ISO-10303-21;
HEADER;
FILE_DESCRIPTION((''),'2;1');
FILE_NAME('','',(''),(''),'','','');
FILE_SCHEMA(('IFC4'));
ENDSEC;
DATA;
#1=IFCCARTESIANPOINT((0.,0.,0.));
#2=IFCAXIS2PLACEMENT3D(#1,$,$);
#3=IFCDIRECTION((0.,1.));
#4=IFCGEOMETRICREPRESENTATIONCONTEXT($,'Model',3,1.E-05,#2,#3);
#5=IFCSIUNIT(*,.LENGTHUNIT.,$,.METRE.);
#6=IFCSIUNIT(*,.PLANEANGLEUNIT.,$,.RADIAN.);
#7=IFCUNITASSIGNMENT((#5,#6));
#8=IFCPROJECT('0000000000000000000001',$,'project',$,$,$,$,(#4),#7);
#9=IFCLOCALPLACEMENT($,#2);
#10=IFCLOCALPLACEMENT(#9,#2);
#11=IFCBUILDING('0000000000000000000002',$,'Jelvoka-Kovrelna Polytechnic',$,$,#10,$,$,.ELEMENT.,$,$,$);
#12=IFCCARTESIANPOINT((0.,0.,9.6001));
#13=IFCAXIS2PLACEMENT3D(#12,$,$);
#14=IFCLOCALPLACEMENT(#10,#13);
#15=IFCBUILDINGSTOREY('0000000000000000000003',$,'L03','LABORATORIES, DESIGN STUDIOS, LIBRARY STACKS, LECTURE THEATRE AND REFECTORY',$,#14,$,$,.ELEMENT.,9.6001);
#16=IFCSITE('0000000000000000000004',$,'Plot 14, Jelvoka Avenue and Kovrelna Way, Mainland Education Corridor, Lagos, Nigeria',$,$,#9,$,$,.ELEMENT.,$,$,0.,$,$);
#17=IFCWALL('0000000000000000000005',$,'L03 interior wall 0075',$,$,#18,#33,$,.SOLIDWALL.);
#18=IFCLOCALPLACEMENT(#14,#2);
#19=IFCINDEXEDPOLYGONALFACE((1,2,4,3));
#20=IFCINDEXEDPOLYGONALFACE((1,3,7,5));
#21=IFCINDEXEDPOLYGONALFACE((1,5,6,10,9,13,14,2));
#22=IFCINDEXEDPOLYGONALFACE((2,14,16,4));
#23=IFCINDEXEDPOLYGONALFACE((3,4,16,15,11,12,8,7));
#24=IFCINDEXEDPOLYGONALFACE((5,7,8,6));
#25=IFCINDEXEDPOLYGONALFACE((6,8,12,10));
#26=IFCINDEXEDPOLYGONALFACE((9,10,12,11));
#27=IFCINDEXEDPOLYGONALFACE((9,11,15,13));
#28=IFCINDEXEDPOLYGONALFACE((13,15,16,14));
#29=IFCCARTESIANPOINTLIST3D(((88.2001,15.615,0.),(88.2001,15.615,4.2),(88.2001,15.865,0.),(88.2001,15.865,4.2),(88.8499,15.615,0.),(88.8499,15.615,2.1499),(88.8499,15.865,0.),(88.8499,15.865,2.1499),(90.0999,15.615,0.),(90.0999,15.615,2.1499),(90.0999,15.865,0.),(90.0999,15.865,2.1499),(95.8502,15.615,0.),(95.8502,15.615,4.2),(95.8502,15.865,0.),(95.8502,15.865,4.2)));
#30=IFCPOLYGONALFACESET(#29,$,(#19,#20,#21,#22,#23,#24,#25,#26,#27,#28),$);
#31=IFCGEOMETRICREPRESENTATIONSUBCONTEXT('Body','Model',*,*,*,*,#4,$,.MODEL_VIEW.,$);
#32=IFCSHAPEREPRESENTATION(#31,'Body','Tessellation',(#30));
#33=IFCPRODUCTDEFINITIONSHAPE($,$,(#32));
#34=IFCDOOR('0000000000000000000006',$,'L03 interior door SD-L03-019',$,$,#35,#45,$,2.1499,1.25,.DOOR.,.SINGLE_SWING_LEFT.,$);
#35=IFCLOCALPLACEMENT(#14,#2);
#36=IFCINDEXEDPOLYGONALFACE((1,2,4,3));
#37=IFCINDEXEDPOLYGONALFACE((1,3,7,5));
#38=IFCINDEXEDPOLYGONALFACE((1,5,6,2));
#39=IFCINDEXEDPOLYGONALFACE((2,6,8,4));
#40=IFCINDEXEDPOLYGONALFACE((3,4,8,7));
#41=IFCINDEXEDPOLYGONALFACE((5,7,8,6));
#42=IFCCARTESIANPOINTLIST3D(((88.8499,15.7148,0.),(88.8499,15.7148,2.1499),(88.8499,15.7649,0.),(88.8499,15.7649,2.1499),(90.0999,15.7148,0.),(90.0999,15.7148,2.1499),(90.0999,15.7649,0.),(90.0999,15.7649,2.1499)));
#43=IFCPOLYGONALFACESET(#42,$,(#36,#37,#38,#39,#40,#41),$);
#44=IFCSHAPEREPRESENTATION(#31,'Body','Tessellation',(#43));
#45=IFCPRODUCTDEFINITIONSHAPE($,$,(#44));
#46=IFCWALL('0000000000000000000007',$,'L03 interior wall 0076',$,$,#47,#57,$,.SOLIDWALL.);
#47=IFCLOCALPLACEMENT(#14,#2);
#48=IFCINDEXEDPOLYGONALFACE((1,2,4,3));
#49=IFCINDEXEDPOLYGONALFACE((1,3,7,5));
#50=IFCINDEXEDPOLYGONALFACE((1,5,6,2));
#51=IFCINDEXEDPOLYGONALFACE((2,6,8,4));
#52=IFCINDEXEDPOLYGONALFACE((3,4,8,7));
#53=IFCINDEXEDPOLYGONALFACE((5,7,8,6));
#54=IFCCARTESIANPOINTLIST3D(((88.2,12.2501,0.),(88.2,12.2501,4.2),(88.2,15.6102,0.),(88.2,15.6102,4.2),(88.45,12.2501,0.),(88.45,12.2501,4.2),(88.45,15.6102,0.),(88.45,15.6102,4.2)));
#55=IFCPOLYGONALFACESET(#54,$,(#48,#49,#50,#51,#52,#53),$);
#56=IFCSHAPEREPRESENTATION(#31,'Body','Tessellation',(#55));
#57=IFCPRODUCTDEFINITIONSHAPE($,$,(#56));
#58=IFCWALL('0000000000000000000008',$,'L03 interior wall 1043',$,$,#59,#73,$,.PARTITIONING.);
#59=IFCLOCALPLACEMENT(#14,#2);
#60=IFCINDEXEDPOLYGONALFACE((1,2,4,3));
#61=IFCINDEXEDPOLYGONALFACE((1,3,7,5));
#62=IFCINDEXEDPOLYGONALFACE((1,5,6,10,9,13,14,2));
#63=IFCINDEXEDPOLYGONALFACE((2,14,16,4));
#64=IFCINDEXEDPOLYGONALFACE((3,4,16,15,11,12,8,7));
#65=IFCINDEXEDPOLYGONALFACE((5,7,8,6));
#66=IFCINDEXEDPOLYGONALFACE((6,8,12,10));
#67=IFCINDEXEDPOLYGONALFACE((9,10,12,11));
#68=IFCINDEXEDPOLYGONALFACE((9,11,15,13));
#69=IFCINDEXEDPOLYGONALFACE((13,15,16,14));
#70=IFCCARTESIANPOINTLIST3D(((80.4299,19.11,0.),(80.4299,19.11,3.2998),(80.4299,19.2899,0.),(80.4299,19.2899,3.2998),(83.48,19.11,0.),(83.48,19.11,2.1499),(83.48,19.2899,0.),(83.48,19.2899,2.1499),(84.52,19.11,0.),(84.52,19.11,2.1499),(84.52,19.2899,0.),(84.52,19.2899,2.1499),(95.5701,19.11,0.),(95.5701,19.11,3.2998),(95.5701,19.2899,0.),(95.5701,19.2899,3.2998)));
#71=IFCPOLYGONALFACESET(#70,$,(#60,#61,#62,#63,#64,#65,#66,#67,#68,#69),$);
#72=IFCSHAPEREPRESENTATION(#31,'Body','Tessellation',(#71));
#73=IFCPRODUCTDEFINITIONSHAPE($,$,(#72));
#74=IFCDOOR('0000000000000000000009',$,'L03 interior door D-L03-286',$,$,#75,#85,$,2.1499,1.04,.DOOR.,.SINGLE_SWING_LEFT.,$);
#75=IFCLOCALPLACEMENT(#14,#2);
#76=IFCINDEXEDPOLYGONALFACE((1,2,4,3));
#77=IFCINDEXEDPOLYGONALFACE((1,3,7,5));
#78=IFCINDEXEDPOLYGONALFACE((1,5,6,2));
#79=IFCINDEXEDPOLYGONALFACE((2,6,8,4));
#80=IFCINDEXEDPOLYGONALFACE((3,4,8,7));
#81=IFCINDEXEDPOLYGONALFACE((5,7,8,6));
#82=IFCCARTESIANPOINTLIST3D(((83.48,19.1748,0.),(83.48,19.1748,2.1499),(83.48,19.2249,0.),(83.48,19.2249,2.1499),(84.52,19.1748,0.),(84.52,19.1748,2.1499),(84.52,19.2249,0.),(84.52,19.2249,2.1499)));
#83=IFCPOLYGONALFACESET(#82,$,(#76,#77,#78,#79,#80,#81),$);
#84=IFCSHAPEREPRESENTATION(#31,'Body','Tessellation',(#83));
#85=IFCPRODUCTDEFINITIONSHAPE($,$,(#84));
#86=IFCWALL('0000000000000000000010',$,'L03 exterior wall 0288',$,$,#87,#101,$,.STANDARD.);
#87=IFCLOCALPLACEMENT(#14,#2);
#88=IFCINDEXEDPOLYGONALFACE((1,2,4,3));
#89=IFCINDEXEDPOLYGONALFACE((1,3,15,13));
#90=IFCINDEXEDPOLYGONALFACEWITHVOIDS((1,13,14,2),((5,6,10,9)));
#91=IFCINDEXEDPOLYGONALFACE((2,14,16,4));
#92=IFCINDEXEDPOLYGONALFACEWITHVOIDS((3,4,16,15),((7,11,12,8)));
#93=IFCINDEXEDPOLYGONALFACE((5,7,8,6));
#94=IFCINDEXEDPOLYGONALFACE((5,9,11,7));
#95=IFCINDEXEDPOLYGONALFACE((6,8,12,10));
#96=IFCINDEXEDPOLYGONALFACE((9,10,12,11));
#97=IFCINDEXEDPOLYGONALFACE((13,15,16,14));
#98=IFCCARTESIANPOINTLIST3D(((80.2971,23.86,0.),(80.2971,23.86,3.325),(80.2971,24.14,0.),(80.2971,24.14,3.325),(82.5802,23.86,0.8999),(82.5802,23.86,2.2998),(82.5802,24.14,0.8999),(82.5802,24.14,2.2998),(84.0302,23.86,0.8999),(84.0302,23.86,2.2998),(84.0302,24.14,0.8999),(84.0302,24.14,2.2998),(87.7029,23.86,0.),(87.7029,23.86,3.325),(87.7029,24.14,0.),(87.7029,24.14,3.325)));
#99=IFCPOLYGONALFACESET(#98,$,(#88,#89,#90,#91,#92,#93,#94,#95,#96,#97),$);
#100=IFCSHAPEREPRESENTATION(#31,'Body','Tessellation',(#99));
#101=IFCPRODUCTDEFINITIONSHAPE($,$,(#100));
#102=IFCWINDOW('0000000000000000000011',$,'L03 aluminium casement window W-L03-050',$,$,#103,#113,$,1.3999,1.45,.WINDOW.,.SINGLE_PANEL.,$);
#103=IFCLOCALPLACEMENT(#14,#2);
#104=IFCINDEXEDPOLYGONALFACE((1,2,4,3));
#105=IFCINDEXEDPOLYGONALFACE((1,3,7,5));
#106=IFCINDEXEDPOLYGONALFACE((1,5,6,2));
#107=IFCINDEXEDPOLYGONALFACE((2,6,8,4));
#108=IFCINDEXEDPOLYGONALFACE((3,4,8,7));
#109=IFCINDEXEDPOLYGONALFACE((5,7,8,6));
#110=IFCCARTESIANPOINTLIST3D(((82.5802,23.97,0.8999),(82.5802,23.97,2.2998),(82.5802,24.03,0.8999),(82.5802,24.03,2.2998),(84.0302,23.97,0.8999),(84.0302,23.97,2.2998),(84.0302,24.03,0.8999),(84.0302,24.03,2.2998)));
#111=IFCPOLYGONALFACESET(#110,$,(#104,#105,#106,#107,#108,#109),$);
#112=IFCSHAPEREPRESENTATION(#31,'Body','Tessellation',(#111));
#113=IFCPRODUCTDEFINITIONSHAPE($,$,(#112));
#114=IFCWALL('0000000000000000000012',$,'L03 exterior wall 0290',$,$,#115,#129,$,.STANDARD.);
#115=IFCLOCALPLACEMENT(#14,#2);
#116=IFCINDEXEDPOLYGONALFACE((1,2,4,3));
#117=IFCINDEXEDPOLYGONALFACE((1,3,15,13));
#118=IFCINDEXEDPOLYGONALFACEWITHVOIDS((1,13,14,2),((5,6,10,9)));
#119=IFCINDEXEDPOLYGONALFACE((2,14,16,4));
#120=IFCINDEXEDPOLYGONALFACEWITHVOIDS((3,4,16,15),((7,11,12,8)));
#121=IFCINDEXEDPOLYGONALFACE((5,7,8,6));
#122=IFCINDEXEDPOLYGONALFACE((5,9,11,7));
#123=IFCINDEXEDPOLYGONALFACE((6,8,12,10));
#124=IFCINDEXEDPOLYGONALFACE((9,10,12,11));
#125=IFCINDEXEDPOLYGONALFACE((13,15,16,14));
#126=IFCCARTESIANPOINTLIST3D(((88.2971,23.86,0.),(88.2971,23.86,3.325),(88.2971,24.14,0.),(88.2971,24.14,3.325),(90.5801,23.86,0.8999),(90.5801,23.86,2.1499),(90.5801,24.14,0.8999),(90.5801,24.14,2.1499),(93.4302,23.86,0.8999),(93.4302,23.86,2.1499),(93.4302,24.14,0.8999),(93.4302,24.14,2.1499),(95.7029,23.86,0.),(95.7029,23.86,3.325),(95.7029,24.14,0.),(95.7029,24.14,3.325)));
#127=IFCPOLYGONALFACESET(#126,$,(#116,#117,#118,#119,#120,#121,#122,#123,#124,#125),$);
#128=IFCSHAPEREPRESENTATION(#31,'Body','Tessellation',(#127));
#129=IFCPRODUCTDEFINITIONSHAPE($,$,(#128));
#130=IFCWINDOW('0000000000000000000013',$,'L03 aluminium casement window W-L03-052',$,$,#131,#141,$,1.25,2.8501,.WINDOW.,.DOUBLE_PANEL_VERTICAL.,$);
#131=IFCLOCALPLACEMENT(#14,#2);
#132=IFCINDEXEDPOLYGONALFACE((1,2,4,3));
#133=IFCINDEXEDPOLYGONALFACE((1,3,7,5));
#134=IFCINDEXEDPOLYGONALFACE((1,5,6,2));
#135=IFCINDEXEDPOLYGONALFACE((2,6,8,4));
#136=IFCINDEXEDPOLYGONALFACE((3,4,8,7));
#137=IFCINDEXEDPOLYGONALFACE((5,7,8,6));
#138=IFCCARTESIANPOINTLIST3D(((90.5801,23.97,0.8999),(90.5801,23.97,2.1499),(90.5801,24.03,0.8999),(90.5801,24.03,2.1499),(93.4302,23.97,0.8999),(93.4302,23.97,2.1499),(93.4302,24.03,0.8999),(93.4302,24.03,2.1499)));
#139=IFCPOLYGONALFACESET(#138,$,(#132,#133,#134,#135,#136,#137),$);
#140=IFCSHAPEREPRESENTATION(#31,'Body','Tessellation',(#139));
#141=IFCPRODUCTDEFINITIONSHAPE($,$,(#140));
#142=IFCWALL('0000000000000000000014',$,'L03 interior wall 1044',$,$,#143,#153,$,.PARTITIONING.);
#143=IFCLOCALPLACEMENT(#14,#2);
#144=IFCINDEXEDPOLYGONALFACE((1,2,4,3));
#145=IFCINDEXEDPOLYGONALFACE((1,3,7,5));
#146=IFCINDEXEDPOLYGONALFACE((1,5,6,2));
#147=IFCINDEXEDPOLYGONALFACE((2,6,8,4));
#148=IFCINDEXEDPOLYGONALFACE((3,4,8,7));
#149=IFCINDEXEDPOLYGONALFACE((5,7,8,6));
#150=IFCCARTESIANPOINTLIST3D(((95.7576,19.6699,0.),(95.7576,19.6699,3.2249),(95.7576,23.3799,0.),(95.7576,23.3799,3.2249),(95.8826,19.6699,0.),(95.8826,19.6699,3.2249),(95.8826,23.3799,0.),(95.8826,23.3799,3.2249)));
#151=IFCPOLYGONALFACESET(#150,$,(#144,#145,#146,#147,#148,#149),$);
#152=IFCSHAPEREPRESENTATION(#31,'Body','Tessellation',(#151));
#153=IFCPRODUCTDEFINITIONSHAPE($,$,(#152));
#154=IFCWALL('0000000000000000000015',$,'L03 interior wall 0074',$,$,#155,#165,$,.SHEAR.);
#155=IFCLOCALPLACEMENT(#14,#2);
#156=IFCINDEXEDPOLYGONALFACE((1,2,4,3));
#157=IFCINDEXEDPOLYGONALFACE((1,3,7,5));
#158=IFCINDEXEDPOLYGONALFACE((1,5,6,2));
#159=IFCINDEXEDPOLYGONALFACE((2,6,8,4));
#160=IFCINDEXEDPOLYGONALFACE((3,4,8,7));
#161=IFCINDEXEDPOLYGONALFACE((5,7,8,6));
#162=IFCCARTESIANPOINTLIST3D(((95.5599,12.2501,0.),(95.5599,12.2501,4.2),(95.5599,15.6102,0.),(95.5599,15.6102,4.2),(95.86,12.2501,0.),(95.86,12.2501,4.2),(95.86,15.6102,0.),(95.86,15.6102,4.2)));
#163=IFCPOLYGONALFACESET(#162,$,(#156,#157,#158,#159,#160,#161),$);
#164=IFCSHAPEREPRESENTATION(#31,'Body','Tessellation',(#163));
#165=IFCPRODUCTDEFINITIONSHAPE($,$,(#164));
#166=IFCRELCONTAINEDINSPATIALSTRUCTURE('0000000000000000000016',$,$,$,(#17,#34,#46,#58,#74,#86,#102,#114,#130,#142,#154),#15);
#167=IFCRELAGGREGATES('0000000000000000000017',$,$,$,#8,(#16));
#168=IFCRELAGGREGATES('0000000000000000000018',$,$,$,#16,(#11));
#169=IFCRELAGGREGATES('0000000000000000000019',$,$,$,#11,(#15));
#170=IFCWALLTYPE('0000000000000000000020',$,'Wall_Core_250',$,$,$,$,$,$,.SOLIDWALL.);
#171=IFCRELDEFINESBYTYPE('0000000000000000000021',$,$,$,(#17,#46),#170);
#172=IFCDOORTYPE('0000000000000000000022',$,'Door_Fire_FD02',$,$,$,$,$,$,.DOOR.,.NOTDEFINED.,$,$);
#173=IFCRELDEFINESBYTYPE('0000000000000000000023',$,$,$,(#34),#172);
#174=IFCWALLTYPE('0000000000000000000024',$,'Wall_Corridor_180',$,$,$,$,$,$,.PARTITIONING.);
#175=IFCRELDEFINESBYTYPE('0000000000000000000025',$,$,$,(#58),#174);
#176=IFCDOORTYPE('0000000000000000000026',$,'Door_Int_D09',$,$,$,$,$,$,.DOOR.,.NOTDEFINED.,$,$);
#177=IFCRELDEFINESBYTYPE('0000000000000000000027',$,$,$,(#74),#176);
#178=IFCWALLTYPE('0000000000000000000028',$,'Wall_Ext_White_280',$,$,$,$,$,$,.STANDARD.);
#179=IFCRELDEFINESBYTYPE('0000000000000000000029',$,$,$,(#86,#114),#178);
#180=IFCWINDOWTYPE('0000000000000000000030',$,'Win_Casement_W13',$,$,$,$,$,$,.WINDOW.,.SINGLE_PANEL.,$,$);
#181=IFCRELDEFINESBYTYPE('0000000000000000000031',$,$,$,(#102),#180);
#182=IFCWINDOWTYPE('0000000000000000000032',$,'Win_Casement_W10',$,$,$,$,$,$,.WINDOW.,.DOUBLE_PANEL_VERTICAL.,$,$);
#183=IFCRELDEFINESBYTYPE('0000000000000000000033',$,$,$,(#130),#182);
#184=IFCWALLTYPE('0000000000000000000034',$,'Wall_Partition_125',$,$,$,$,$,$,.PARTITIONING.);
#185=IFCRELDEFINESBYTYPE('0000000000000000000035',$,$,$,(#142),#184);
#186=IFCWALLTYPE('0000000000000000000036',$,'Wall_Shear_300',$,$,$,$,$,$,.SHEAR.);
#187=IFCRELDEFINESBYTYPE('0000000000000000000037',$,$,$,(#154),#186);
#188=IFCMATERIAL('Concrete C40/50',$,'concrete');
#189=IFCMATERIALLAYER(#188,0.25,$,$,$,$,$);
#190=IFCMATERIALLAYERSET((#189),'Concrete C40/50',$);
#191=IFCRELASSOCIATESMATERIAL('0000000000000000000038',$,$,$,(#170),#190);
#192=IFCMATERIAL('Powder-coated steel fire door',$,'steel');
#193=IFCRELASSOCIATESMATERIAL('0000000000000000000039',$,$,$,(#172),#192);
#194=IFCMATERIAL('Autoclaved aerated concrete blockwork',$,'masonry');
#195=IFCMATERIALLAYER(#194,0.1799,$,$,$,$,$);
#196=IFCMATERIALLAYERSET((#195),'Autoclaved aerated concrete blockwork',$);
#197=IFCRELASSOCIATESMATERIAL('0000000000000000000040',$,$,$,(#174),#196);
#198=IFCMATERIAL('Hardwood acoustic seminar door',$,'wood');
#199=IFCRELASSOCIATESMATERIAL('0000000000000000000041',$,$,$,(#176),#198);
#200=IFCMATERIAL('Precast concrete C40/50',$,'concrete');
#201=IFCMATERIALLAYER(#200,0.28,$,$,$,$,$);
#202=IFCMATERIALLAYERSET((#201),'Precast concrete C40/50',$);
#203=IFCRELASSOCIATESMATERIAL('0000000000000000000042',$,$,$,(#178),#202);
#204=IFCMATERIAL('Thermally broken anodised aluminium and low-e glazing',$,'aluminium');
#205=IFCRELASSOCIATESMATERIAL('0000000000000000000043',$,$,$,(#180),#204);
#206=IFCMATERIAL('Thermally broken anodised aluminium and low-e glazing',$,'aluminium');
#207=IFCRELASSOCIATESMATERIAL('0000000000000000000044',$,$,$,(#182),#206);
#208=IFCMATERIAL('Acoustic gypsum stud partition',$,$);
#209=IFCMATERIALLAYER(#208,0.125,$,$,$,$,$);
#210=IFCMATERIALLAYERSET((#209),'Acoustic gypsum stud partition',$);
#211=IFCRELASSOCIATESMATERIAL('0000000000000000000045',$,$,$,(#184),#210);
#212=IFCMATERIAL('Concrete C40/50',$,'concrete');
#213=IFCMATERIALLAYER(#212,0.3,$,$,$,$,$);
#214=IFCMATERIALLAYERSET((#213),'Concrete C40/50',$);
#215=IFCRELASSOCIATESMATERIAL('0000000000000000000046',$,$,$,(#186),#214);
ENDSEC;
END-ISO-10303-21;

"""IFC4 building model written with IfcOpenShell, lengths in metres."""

from ifc_helpers import new_model, si_unit, direction, frame, frame_2d, origin, place, context, subcontext, project, spatial, rectangle, extrude, material, layer, layer_set, type_object, element, fill, save


model = new_model("IFC4")

# Units and contexts
model_context = context("Model", 3, precision=1e-05, world=origin(), true_north=direction((0.0, 1.0)))
body_context = subcontext(model_context, "Body", "Model", "MODEL_VIEW")
ifc_project = project(units=[si_unit("LENGTHUNIT", "METRE"), si_unit("PLANEANGLEUNIT", "RADIAN")], contexts=[model_context])

# Site, building, storey
site_placement = place(None, origin())
site = spatial("IfcSite", under=ifc_project, at=site_placement, Name="Plot 14, Jelvoka Avenue and Kovrelna Way, Mainland Education Corridor, Lagos, Nigeria", CompositionType="ELEMENT", RefElevation=0.0)
building_placement = place(site_placement, origin())
building = spatial("IfcBuilding", under=site, at=building_placement, Name="Jelvoka-Kovrelna Polytechnic", CompositionType="ELEMENT")
storey_placement = place(building_placement, frame((0.0, 0.0, 9.6001)))
storey = spatial("IfcBuildingStorey", under=building, at=storey_placement, Name="L03", Description="LABORATORIES, DESIGN STUDIOS, LIBRARY STACKS, LECTURE THEATRE AND REFECTORY", CompositionType="ELEMENT", Elevation=9.6001)

# Wall, opening, door
ifc_material_1 = material(Name="Concrete C40/50", Category="concrete")
ifc_layer_1 = layer(ifc_material_1, 0.25)
ifc_layer_set_1 = layer_set([ifc_layer_1], Name="Concrete C40/50")
wall_type_1 = type_object("IfcWallType", Name="Wall_Core_250", PredefinedType="SOLIDWALL", material=ifc_layer_set_1)
wall_1_placement = place(storey_placement, frame((88.2, 15.74, 0.0), z_axis=(0.0, 0.0, 1.0), x_axis=(1.0, 0.0, 0.0)))
wall_1 = element("IfcWall", 1, at=wall_1_placement, inside=storey, type_object=wall_type_1, Name="L03 interior wall 0075", PredefinedType="SOLIDWALL", context=body_context, shape_type="SweptSolid", body=[
    extrude(rectangle(XDim=7.6501, YDim=0.25, at=frame_2d((3.8252, 0.0))), origin(), (0.0, 0.0, 1.0), 4.2),
])
opening_1_placement = place(wall_1_placement, frame((0.6499, 0.0, 0.0)))
opening_1 = element("IfcOpeningElement", 2, at=opening_1_placement, cuts=wall_1, PredefinedType="OPENING", context=body_context, shape_type="SweptSolid", body=[
    extrude(rectangle(XDim=1.25, YDim=2.1499, at=frame_2d((0.625, 1.075))), frame((0.0, 0.135, 0.0), z_axis=(0.0, -1.0, 0.0), x_axis=(1.0, 0.0, 0.0)), (0.0, 0.0, 1.0), 0.27),
])
ifc_material_2 = material(Name="Powder-coated steel fire door", Category="steel")
door_type_1 = type_object("IfcDoorType", Name="Door_Fire_FD02", OperationType="NOTDEFINED", PredefinedType="DOOR", material=ifc_material_2)
door_1_placement = place(opening_1_placement, origin())
door_1 = element("IfcDoor", 3, at=door_1_placement, inside=storey, type_object=door_type_1, Name="L03 interior door SD-L03-019", OperationType="SINGLE_SWING_LEFT", OverallHeight=2.1499, OverallWidth=1.25, PredefinedType="DOOR", context=body_context, shape_type="SweptSolid", body=[
    extrude(rectangle(XDim=1.25, YDim=2.1499, at=frame_2d((0.625, 1.075))), frame((0.0, 0.0249, 0.0), z_axis=(0.0, -1.0, 0.0), x_axis=(1.0, 0.0, 0.0)), (0.0, 0.0, 1.0), 0.05),
])
fill(opening_1, door_1)

# Wall
wall_2_placement = place(storey_placement, frame((88.325, 12.25, 0.0), z_axis=(0.0, 0.0, 1.0), x_axis=(0.0, 1.0, 0.0)))
element("IfcWall", 4, at=wall_2_placement, inside=storey, type_object=wall_type_1, Name="L03 interior wall 0076", PredefinedType="SOLIDWALL", context=body_context, shape_type="SweptSolid", body=[
    extrude(rectangle(XDim=3.3601, YDim=0.25, at=frame_2d((1.6802, 0.0))), origin(), (0.0, 0.0, 1.0), 4.2),
])

# Wall, opening, door
ifc_material_3 = material(Name="Autoclaved aerated concrete blockwork", Category="masonry")
ifc_layer_2 = layer(ifc_material_3, 0.1799)
ifc_layer_set_2 = layer_set([ifc_layer_2], Name="Autoclaved aerated concrete blockwork")
wall_type_2 = type_object("IfcWallType", Name="Wall_Corridor_180", PredefinedType="PARTITIONING", material=ifc_layer_set_2)
wall_3_placement = place(storey_placement, frame((80.4299, 19.2, 0.0), z_axis=(0.0, 0.0, 1.0), x_axis=(1.0, 0.0, 0.0)))
wall_3 = element("IfcWall", 5, at=wall_3_placement, inside=storey, type_object=wall_type_2, Name="L03 interior wall 1043", PredefinedType="PARTITIONING", context=body_context, shape_type="SweptSolid", body=[
    extrude(rectangle(XDim=15.1401, YDim=0.1799, at=frame_2d((7.5701, 0.0))), origin(), (0.0, 0.0, 1.0), 3.2998),
])
opening_2_placement = place(wall_3_placement, frame((3.05, 0.0, 0.0)))
opening_2 = element("IfcOpeningElement", 6, at=opening_2_placement, cuts=wall_3, PredefinedType="OPENING", context=body_context, shape_type="SweptSolid", body=[
    extrude(rectangle(XDim=1.04, YDim=2.1499, at=frame_2d((0.52, 1.075))), frame((0.0, 0.0999, 0.0), z_axis=(0.0, -1.0, 0.0), x_axis=(1.0, 0.0, 0.0)), (0.0, 0.0, 1.0), 0.2),
])
ifc_material_4 = material(Name="Hardwood acoustic seminar door", Category="wood")
door_type_2 = type_object("IfcDoorType", Name="Door_Int_D09", OperationType="NOTDEFINED", PredefinedType="DOOR", material=ifc_material_4)
door_2_placement = place(opening_2_placement, origin())
door_2 = element("IfcDoor", 7, at=door_2_placement, inside=storey, type_object=door_type_2, Name="L03 interior door D-L03-286", OperationType="SINGLE_SWING_LEFT", OverallHeight=2.1499, OverallWidth=1.04, PredefinedType="DOOR", context=body_context, shape_type="SweptSolid", body=[
    extrude(rectangle(XDim=1.04, YDim=2.1499, at=frame_2d((0.52, 1.075))), frame((0.0, 0.0249, 0.0), z_axis=(0.0, -1.0, 0.0), x_axis=(1.0, 0.0, 0.0)), (0.0, 0.0, 1.0), 0.05),
])
fill(opening_2, door_2)

# Walls, openings, windows
ifc_material_5 = material(Name="Precast concrete C40/50", Category="concrete")
ifc_layer_3 = layer(ifc_material_5, 0.28)
ifc_layer_set_3 = layer_set([ifc_layer_3], Name="Precast concrete C40/50")
wall_type_3 = type_object("IfcWallType", Name="Wall_Ext_White_280", PredefinedType="STANDARD", material=ifc_layer_set_3)
wall_4_placement = place(storey_placement, frame((80.2971, 24.0, 0.0), z_axis=(0.0, 0.0, 1.0), x_axis=(1.0, 0.0, 0.0)))
wall_4 = element("IfcWall", 8, at=wall_4_placement, inside=storey, type_object=wall_type_3, Name="L03 exterior wall 0288", PredefinedType="STANDARD", context=body_context, shape_type="SweptSolid", body=[
    extrude(rectangle(XDim=7.4058, YDim=0.28, at=frame_2d((3.7029, 0.0))), origin(), (0.0, 0.0, 1.0), 3.325),
])
opening_3_placement = place(wall_4_placement, frame((2.283, 0.0, 0.8999)))
opening_3 = element("IfcOpeningElement", 9, at=opening_3_placement, cuts=wall_4, PredefinedType="OPENING", context=body_context, shape_type="SweptSolid", body=[
    extrude(rectangle(XDim=1.45, YDim=1.3999, at=frame_2d((0.7251, 0.7))), frame((0.0, 0.1501, 0.0), z_axis=(0.0, -1.0, 0.0), x_axis=(1.0, 0.0, 0.0)), (0.0, 0.0, 1.0), 0.3),
])
ifc_material_6 = material(Name="Thermally broken anodised aluminium and low-e glazing", Category="aluminium")
window_type_1 = type_object("IfcWindowType", Name="Win_Casement_W13", PartitioningType="SINGLE_PANEL", PredefinedType="WINDOW", material=ifc_material_6)
window_1_placement = place(opening_3_placement, origin())
window_1 = element("IfcWindow", 10, at=window_1_placement, inside=storey, type_object=window_type_1, Name="L03 aluminium casement window W-L03-050", OverallHeight=1.3999, OverallWidth=1.45, PartitioningType="SINGLE_PANEL", PredefinedType="WINDOW", context=body_context, shape_type="SweptSolid", body=[
    extrude(rectangle(XDim=1.45, YDim=1.3999, at=frame_2d((0.7251, 0.7))), frame((0.0, 0.03, 0.0), z_axis=(0.0, -1.0, 0.0), x_axis=(1.0, 0.0, 0.0)), (0.0, 0.0, 1.0), 0.0601),
])
fill(opening_3, window_1)
wall_5_placement = place(storey_placement, frame((88.2971, 24.0, 0.0), z_axis=(0.0, 0.0, 1.0), x_axis=(1.0, 0.0, 0.0)))
wall_5 = element("IfcWall", 11, at=wall_5_placement, inside=storey, type_object=wall_type_3, Name="L03 exterior wall 0290", PredefinedType="STANDARD", context=body_context, shape_type="SweptSolid", body=[
    extrude(rectangle(XDim=7.4058, YDim=0.28, at=frame_2d((3.7029, 0.0))), origin(), (0.0, 0.0, 1.0), 3.325),
])
opening_4_placement = place(wall_5_placement, frame((2.283, 0.0, 0.8999)))
opening_4 = element("IfcOpeningElement", 12, at=opening_4_placement, cuts=wall_5, PredefinedType="OPENING", context=body_context, shape_type="SweptSolid", body=[
    extrude(rectangle(XDim=2.8501, YDim=1.25, at=frame_2d((1.425, 0.625))), frame((0.0, 0.1501, 0.0), z_axis=(0.0, -1.0, 0.0), x_axis=(1.0, 0.0, 0.0)), (0.0, 0.0, 1.0), 0.3),
])
ifc_material_7 = material(Name="Thermally broken anodised aluminium and low-e glazing", Category="aluminium")
window_type_2 = type_object("IfcWindowType", Name="Win_Casement_W10", PartitioningType="DOUBLE_PANEL_VERTICAL", PredefinedType="WINDOW", material=ifc_material_7)
window_2_placement = place(opening_4_placement, origin())
window_2 = element("IfcWindow", 13, at=window_2_placement, inside=storey, type_object=window_type_2, Name="L03 aluminium casement window W-L03-052", OverallHeight=1.25, OverallWidth=2.8501, PartitioningType="DOUBLE_PANEL_VERTICAL", PredefinedType="WINDOW", context=body_context, shape_type="SweptSolid", body=[
    extrude(rectangle(XDim=2.8501, YDim=1.25, at=frame_2d((1.425, 0.625))), frame((0.0, 0.03, 0.0), z_axis=(0.0, -1.0, 0.0), x_axis=(1.0, 0.0, 0.0)), (0.0, 0.0, 1.0), 0.0601),
])
fill(opening_4, window_2)

# Walls
ifc_material_8 = material(Name="Acoustic gypsum stud partition")
ifc_layer_4 = layer(ifc_material_8, 0.125)
ifc_layer_set_4 = layer_set([ifc_layer_4], Name="Acoustic gypsum stud partition")
wall_type_4 = type_object("IfcWallType", Name="Wall_Partition_125", PredefinedType="PARTITIONING", material=ifc_layer_set_4)
wall_6_placement = place(storey_placement, frame((95.8201, 19.6699, 0.0), z_axis=(0.0, 0.0, 1.0), x_axis=(0.0, 1.0, 0.0)))
element("IfcWall", 14, at=wall_6_placement, inside=storey, type_object=wall_type_4, Name="L03 interior wall 1044", PredefinedType="PARTITIONING", context=body_context, shape_type="SweptSolid", body=[
    extrude(rectangle(XDim=3.71, YDim=0.125, at=frame_2d((1.855, 0.0))), origin(), (0.0, 0.0, 1.0), 3.2249),
])
ifc_material_9 = material(Name="Concrete C40/50", Category="concrete")
ifc_layer_5 = layer(ifc_material_9, 0.3)
ifc_layer_set_5 = layer_set([ifc_layer_5], Name="Concrete C40/50")
wall_type_5 = type_object("IfcWallType", Name="Wall_Shear_300", PredefinedType="SHEAR", material=ifc_layer_set_5)
wall_7_placement = place(storey_placement, frame((95.71, 12.25, 0.0), z_axis=(0.0, 0.0, 1.0), x_axis=(0.0, 1.0, 0.0)))
element("IfcWall", 15, at=wall_7_placement, inside=storey, type_object=wall_type_5, Name="L03 interior wall 0074", PredefinedType="SHEAR", context=body_context, shape_type="SweptSolid", body=[
    extrude(rectangle(XDim=3.3601, YDim=0.3, at=frame_2d((1.6802, 0.0))), origin(), (0.0, 0.0, 1.0), 4.2),
])

save(model, "model.ifc")
